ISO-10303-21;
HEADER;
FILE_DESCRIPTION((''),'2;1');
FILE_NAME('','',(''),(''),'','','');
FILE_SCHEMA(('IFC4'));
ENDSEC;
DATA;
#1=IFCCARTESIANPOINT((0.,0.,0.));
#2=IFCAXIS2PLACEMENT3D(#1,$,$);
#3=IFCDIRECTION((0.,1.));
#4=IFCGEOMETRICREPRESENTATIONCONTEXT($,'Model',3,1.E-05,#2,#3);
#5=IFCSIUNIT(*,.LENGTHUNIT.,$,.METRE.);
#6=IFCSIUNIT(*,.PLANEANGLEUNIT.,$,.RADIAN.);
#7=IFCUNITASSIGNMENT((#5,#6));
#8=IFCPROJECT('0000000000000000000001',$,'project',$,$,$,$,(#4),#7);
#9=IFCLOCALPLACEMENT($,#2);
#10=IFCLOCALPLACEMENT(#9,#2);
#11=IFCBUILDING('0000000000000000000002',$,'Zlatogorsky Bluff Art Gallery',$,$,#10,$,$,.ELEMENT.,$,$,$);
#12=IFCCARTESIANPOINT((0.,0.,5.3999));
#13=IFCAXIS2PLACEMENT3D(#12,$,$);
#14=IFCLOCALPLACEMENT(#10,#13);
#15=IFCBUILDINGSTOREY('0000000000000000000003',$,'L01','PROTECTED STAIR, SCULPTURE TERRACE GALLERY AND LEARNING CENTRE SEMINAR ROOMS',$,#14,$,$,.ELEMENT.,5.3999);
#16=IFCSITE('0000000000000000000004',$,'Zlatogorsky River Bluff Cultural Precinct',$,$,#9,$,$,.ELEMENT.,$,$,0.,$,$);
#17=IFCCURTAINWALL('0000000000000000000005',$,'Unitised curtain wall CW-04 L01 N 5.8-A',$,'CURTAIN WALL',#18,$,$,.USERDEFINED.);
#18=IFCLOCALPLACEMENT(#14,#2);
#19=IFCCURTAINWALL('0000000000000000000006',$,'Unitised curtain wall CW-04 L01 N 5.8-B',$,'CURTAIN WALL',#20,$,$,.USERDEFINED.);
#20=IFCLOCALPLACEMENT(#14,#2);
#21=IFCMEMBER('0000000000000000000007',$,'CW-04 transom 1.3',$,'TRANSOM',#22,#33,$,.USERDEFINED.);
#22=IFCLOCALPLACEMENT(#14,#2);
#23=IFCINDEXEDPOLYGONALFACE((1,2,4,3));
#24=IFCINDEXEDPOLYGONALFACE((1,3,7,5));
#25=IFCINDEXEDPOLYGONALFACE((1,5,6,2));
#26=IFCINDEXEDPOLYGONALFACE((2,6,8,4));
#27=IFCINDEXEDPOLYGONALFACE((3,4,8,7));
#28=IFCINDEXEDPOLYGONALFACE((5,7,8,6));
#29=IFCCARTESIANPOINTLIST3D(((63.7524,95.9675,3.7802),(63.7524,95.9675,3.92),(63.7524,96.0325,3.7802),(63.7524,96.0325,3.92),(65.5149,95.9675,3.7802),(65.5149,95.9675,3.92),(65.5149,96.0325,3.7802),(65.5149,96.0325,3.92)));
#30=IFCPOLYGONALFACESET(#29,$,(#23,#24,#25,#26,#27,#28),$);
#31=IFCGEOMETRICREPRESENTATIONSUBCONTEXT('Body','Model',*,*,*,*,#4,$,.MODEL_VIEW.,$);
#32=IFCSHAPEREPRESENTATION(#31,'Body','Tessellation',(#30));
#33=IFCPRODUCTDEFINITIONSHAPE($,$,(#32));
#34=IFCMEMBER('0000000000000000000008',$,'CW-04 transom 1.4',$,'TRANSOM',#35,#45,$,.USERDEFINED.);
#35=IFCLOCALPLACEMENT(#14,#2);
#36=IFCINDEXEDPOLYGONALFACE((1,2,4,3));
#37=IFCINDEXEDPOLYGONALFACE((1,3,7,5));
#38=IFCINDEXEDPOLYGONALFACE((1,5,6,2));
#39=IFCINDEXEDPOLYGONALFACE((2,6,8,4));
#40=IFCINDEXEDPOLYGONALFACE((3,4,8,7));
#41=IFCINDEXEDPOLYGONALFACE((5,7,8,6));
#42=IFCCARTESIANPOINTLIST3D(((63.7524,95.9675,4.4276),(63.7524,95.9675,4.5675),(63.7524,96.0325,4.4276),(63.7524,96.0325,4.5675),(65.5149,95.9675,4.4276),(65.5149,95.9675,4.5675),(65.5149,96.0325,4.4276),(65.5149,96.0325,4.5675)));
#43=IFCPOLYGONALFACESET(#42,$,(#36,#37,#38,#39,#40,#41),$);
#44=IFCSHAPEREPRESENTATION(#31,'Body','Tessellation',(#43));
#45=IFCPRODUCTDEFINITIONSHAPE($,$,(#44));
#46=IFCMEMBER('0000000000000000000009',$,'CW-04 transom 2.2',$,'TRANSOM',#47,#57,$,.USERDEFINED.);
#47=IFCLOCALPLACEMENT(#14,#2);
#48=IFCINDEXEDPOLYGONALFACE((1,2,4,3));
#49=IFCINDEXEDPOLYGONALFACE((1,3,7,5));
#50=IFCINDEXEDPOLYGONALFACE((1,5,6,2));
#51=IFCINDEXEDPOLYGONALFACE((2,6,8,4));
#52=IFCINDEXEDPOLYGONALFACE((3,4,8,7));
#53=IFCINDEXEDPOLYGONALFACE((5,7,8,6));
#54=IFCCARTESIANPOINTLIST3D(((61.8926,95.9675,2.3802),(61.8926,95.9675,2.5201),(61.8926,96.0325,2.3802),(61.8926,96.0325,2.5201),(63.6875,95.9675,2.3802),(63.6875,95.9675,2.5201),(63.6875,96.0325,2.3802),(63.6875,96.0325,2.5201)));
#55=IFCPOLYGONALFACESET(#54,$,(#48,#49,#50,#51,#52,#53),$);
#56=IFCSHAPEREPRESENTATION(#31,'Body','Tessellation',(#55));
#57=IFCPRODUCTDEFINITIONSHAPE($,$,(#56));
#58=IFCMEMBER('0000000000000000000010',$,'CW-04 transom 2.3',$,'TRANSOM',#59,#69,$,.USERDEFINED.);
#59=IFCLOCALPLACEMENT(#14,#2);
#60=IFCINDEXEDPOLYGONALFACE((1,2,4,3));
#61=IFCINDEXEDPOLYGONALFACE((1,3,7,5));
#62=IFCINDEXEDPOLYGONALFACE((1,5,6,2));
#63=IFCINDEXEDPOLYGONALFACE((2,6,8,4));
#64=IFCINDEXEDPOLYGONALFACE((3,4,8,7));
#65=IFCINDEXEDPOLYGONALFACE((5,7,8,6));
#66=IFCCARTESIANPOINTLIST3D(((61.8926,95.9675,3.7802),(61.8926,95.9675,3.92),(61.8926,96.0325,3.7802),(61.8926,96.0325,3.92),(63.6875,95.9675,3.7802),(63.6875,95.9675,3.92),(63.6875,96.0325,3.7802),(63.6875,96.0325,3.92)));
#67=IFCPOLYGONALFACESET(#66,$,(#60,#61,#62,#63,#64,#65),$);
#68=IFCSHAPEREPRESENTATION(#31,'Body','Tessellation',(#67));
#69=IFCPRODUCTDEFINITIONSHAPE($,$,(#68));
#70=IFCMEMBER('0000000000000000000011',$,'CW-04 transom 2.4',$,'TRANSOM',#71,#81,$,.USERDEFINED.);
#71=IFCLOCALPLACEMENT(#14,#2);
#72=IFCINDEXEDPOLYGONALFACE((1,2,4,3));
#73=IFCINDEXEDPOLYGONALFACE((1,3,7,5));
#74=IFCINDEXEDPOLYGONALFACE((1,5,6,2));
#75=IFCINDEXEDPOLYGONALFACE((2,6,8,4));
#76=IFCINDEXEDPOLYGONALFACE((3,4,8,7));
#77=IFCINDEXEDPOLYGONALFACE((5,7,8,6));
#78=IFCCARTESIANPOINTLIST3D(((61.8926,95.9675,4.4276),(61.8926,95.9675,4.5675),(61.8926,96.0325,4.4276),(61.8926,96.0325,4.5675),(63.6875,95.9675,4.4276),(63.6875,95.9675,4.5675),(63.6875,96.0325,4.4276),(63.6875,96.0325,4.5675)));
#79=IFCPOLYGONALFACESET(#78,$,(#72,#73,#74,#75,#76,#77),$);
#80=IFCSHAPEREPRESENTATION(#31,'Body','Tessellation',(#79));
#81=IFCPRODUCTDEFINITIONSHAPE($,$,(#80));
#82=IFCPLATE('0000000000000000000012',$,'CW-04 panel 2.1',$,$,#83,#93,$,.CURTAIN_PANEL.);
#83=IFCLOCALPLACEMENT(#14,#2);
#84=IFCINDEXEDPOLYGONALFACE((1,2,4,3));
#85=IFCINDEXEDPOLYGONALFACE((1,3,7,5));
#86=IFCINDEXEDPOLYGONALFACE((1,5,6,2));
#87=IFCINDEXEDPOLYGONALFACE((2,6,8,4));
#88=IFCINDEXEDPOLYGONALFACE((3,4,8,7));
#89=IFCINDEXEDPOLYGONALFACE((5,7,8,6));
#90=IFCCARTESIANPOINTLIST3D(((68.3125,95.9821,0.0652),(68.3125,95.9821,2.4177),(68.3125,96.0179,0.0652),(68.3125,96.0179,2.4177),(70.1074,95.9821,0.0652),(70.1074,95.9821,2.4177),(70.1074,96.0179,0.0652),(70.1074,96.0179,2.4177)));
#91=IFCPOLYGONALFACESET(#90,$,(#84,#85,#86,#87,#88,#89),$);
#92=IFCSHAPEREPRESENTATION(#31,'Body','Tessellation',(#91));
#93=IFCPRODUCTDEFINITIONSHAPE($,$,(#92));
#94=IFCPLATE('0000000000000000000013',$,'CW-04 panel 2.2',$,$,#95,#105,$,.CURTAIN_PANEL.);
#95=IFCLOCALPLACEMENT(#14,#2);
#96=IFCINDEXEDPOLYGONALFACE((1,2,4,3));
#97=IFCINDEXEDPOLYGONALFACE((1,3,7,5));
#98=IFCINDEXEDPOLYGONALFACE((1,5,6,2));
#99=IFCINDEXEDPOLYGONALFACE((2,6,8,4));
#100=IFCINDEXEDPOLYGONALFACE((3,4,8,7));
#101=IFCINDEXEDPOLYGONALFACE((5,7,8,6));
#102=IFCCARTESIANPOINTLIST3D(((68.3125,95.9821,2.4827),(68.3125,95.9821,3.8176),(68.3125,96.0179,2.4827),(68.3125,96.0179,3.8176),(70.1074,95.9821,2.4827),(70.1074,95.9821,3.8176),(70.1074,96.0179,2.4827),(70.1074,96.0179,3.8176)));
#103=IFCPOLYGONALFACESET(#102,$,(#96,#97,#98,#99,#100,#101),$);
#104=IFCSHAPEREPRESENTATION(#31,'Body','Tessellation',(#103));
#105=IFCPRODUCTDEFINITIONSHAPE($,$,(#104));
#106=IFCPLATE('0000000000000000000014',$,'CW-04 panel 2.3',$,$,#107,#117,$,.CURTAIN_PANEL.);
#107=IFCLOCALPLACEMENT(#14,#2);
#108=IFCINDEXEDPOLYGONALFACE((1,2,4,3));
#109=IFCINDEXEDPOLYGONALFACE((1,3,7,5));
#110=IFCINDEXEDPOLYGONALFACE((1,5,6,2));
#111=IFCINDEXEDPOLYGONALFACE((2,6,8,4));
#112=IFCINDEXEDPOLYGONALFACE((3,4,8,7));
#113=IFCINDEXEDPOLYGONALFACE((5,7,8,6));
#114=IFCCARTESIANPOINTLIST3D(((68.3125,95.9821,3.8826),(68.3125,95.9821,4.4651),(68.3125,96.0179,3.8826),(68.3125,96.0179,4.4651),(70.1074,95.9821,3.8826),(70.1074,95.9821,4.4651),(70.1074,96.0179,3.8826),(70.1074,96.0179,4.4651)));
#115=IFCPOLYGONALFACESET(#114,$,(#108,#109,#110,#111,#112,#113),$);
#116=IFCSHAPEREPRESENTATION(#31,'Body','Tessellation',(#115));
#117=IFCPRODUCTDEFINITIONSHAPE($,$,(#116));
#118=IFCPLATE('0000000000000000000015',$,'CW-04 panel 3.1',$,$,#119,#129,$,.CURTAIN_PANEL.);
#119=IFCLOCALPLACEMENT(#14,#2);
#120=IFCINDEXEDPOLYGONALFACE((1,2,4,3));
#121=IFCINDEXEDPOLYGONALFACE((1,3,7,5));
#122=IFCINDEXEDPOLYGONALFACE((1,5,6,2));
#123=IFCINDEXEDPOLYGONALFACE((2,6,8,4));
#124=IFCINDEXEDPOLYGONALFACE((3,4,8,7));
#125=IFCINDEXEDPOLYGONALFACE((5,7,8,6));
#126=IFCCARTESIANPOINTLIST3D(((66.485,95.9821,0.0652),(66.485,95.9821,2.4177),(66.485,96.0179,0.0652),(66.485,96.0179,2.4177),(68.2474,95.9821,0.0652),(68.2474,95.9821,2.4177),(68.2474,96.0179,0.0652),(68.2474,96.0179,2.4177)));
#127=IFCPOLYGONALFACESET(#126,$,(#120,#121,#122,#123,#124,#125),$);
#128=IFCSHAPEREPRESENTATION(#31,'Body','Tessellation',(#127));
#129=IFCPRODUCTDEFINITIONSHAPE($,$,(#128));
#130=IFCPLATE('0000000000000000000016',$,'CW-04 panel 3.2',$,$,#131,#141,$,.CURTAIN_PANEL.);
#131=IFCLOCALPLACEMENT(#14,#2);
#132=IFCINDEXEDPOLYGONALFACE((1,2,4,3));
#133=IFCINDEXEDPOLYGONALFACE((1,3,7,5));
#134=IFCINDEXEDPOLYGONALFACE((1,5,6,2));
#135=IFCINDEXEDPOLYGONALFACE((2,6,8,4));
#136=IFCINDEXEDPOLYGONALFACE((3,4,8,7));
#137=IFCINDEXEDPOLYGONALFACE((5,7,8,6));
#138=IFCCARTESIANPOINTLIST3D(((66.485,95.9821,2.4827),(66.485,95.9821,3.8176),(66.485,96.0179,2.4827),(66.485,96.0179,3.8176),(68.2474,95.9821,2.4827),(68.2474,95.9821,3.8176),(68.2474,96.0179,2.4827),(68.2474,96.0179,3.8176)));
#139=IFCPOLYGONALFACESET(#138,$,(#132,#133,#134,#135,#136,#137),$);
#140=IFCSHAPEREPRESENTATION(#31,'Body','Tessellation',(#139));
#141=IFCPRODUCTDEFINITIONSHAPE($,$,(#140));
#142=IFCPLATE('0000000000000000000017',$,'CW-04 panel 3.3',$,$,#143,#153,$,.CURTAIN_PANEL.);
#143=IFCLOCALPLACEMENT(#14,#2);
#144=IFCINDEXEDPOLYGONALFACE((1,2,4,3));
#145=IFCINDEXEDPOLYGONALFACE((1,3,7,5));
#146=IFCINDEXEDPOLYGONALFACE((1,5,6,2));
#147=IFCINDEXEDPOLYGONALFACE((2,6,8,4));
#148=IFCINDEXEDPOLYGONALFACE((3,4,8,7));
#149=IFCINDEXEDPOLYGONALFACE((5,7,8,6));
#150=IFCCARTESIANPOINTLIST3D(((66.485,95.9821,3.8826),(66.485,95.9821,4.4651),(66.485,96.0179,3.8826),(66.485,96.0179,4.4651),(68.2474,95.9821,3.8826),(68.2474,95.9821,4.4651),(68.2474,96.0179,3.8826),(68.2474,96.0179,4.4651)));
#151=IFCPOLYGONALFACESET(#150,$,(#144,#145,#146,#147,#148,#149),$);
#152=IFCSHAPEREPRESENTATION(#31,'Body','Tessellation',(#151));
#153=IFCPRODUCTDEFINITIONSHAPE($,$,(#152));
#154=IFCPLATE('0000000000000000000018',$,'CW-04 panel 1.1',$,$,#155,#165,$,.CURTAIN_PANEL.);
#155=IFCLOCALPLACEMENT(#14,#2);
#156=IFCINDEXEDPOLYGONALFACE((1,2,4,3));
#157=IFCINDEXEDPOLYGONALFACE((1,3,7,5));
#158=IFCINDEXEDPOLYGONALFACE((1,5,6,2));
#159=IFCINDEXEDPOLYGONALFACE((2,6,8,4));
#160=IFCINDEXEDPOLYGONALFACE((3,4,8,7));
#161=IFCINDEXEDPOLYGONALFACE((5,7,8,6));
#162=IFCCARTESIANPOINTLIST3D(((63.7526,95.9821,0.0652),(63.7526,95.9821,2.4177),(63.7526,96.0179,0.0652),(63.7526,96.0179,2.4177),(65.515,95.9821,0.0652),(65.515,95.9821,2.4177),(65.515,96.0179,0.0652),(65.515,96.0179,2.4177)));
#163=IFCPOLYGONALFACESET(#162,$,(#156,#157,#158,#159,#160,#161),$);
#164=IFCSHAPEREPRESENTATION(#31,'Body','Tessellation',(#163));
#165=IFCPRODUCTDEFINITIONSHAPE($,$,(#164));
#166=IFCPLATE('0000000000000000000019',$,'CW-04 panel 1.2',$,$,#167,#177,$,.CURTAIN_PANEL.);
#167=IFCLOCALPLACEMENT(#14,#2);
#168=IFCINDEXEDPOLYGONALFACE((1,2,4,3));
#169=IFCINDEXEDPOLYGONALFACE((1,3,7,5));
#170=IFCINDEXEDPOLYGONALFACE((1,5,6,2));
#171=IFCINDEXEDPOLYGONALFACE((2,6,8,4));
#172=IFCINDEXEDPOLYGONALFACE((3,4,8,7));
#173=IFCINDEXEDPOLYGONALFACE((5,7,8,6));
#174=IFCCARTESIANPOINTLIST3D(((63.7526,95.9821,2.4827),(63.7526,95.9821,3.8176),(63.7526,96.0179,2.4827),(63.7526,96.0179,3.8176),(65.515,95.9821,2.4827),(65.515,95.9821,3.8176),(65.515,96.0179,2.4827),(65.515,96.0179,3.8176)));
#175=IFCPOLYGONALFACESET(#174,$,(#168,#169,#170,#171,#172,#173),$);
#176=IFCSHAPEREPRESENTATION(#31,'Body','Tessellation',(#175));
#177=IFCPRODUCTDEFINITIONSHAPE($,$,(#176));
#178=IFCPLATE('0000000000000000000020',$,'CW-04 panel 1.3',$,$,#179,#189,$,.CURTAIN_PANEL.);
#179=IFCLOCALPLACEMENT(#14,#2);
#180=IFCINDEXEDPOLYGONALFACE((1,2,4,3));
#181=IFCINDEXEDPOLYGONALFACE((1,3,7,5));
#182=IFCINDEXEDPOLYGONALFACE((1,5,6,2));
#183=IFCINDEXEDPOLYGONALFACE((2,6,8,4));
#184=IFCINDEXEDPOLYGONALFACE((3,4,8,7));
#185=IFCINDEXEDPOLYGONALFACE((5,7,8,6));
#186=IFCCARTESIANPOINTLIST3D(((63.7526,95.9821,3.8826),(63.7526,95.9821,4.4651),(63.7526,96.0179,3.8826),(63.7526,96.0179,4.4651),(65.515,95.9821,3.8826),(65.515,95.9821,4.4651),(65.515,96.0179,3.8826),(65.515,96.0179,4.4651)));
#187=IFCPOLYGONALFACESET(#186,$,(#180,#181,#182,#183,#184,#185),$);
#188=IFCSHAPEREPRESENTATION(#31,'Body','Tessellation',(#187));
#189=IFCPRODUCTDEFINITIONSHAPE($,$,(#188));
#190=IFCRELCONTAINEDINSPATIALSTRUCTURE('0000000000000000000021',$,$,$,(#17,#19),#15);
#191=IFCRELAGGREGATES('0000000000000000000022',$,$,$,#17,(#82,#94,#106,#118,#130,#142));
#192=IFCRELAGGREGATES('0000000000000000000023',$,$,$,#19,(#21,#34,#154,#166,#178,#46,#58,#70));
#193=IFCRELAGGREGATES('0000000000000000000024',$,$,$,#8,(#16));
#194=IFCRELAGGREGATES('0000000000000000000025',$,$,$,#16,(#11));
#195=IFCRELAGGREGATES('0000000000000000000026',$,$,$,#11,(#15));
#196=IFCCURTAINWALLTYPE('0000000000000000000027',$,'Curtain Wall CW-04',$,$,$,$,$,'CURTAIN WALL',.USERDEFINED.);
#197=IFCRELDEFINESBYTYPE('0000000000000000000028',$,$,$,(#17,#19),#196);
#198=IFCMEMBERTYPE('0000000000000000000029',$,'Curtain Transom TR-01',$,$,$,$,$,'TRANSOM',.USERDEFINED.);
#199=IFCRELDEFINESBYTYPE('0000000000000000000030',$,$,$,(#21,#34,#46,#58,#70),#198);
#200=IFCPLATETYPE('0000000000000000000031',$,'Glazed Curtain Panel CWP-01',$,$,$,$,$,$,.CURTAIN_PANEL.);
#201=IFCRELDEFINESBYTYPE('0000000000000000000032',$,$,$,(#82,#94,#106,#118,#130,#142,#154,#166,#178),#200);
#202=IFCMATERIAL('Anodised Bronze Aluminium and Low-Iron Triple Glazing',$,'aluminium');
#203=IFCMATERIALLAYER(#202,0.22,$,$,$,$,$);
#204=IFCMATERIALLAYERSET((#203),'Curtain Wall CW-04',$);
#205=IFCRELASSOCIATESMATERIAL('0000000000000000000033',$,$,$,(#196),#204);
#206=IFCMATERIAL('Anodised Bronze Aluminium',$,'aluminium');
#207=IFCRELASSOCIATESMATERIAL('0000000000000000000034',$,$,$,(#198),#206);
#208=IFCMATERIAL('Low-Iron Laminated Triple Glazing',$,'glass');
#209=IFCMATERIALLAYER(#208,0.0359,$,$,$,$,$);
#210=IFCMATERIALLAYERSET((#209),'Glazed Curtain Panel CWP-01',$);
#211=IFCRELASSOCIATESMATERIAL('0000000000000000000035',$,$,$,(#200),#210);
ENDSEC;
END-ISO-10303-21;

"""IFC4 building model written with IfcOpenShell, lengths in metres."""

from ifc_helpers import new_model, si_unit, direction, frame, origin, origin_2d, place, context, subcontext, project, spatial, rectangle, extrude, material, layer, layer_set, material_profile, profile_set, type_object, element, aggregate, save


model = new_model("IFC4")

# Units and contexts
model_context = context("Model", 3, precision=1e-05, world=origin(), true_north=direction((0.0, 1.0)))
body_context = subcontext(model_context, "Body", "Model", "MODEL_VIEW")
ifc_project = project(units=[si_unit("LENGTHUNIT", "METRE"), si_unit("PLANEANGLEUNIT", "RADIAN")], contexts=[model_context])

# Site, building, storey
site_placement = place(None, origin())
site = spatial("IfcSite", under=ifc_project, at=site_placement, Name="Zlatogorsky River Bluff Cultural Precinct", CompositionType="ELEMENT", RefElevation=0.0)
building_placement = place(site_placement, origin())
building = spatial("IfcBuilding", under=site, at=building_placement, Name="Zlatogorsky Bluff Art Gallery", CompositionType="ELEMENT")
storey_placement = place(building_placement, frame((0.0, 0.0, 5.3999)))
storey = spatial("IfcBuildingStorey", under=building, at=storey_placement, Name="L01", Description="PROTECTED STAIR, SCULPTURE TERRACE GALLERY AND LEARNING CENTRE SEMINAR ROOMS", CompositionType="ELEMENT", Elevation=5.3999)

# Curtain walls
ifc_material_1 = material(Name="Anodised Bronze Aluminium and Low-Iron Triple Glazing", Category="aluminium")
ifc_layer_1 = layer(ifc_material_1, 0.22)
ifc_layer_set_1 = layer_set([ifc_layer_1], Name="Curtain Wall CW-04")
curtain_wall_type = type_object("IfcCurtainWallType", Name="Curtain Wall CW-04", ElementType="CURTAIN WALL", PredefinedType="USERDEFINED", material=ifc_layer_set_1)
curtain_wall_1_placement = place(storey_placement, origin())
curtain_wall_1 = element("IfcCurtainWall", 1, at=curtain_wall_1_placement, inside=storey, type_object=curtain_wall_type, Name="Unitised curtain wall CW-04 L01 N 5.8-A", ObjectType="CURTAIN WALL", PredefinedType="USERDEFINED")
ifc_material_2 = material(Name="Anodised Bronze Aluminium", Category="aluminium")
curtain_wall_2_placement = place(storey_placement, origin())
curtain_wall_2 = element("IfcCurtainWall", 2, at=curtain_wall_2_placement, inside=storey, type_object=curtain_wall_type, Name="Unitised curtain wall CW-04 L01 N 5.8-B", ObjectType="CURTAIN WALL", PredefinedType="USERDEFINED")

# Members
ifc_material_profile_1 = material_profile(ifc_material_2, rectangle(XDim=0.0649, YDim=0.1399, at=origin_2d()), Name="ALU TRANSOM 65x140")
ifc_profile_set_1 = profile_set([ifc_material_profile_1], Name="Anodised Bronze Aluminium")
member_type_1 = type_object("IfcMemberType", Name="Curtain Transom TR-01", ElementType="TRANSOM", PredefinedType="USERDEFINED", material=ifc_profile_set_1)
member_1_placement = place(storey_placement, frame((65.5149, 96.0, 3.8501), z_axis=(-1.0, 0.0, 0.0), x_axis=(0.0, -1.0, 0.0)))
member_1 = element("IfcMember", 3, at=member_1_placement, type_object=member_type_1, Name="CW-04 transom 1.3", ObjectType="TRANSOM", PredefinedType="USERDEFINED", context=body_context, shape_type="SweptSolid", body=[
    extrude(rectangle(XDim=0.0649, YDim=0.1399, at=origin_2d()), origin(), (0.0, 0.0, 1.0), 1.7625),
])
member_2_placement = place(storey_placement, frame((65.5149, 96.0, 4.4976), z_axis=(-1.0, 0.0, 0.0), x_axis=(0.0, -1.0, 0.0)))
member_2 = element("IfcMember", 4, at=member_2_placement, type_object=member_type_1, Name="CW-04 transom 1.4", ObjectType="TRANSOM", PredefinedType="USERDEFINED", context=body_context, shape_type="SweptSolid", body=[
    extrude(rectangle(XDim=0.0649, YDim=0.1399, at=origin_2d()), origin(), (0.0, 0.0, 1.0), 1.7625),
])
member_3_placement = place(storey_placement, frame((63.6875, 96.0, 2.4502), z_axis=(-1.0, 0.0, 0.0), x_axis=(0.0, -1.0, 0.0)))
member_3 = element("IfcMember", 5, at=member_3_placement, type_object=member_type_1, Name="CW-04 transom 2.2", ObjectType="TRANSOM", PredefinedType="USERDEFINED", context=body_context, shape_type="SweptSolid", body=[
    extrude(rectangle(XDim=0.0649, YDim=0.1399, at=origin_2d()), origin(), (0.0, 0.0, 1.0), 1.7949),
])
member_4_placement = place(storey_placement, frame((63.6875, 96.0, 3.8501), z_axis=(-1.0, 0.0, 0.0), x_axis=(0.0, -1.0, 0.0)))
member_4 = element("IfcMember", 6, at=member_4_placement, type_object=member_type_1, Name="CW-04 transom 2.3", ObjectType="TRANSOM", PredefinedType="USERDEFINED", context=body_context, shape_type="SweptSolid", body=[
    extrude(rectangle(XDim=0.0649, YDim=0.1399, at=origin_2d()), origin(), (0.0, 0.0, 1.0), 1.7949),
])
member_5_placement = place(storey_placement, frame((63.6875, 96.0, 4.4976), z_axis=(-1.0, 0.0, 0.0), x_axis=(0.0, -1.0, 0.0)))
member_5 = element("IfcMember", 7, at=member_5_placement, type_object=member_type_1, Name="CW-04 transom 2.4", ObjectType="TRANSOM", PredefinedType="USERDEFINED", context=body_context, shape_type="SweptSolid", body=[
    extrude(rectangle(XDim=0.0649, YDim=0.1399, at=origin_2d()), origin(), (0.0, 0.0, 1.0), 1.7949),
])

# Plates
ifc_material_3 = material(Name="Low-Iron Laminated Triple Glazing", Category="glass")
ifc_layer_2 = layer(ifc_material_3, 0.0359)
ifc_layer_set_2 = layer_set([ifc_layer_2], Name="Glazed Curtain Panel CWP-01")
plate_type = type_object("IfcPlateType", Name="Glazed Curtain Panel CWP-01", PredefinedType="CURTAIN_PANEL", material=ifc_layer_set_2)
plate_1_placement = place(storey_placement, frame((69.21, 96.0, 0.0652), z_axis=(0.0, 0.0, 1.0), x_axis=(-1.0, 0.0, 0.0)))
plate_1 = element("IfcPlate", 8, at=plate_1_placement, type_object=plate_type, Name="CW-04 panel 2.1", PredefinedType="CURTAIN_PANEL", context=body_context, shape_type="SweptSolid", body=[
    extrude(rectangle(XDim=1.7949, YDim=0.0359, at=origin_2d()), origin(), (0.0, 0.0, 1.0), 2.3525),
])
plate_2_placement = place(storey_placement, frame((69.21, 96.0, 2.4827), z_axis=(0.0, 0.0, 1.0), x_axis=(-1.0, 0.0, 0.0)))
plate_2 = element("IfcPlate", 9, at=plate_2_placement, type_object=plate_type, Name="CW-04 panel 2.2", PredefinedType="CURTAIN_PANEL", context=body_context, shape_type="SweptSolid", body=[
    extrude(rectangle(XDim=1.7949, YDim=0.0359, at=origin_2d()), origin(), (0.0, 0.0, 1.0), 1.335),
])
plate_3_placement = place(storey_placement, frame((69.21, 96.0, 3.8826), z_axis=(0.0, 0.0, 1.0), x_axis=(-1.0, 0.0, 0.0)))
plate_3 = element("IfcPlate", 10, at=plate_3_placement, type_object=plate_type, Name="CW-04 panel 2.3", PredefinedType="CURTAIN_PANEL", context=body_context, shape_type="SweptSolid", body=[
    extrude(rectangle(XDim=1.7949, YDim=0.0359, at=origin_2d()), origin(), (0.0, 0.0, 1.0), 0.5825),
])
plate_4_placement = place(storey_placement, frame((67.3662, 96.0, 0.0652), z_axis=(0.0, 0.0, 1.0), x_axis=(-1.0, 0.0, 0.0)))
plate_4 = element("IfcPlate", 11, at=plate_4_placement, type_object=plate_type, Name="CW-04 panel 3.1", PredefinedType="CURTAIN_PANEL", context=body_context, shape_type="SweptSolid", body=[
    extrude(rectangle(XDim=1.7625, YDim=0.0359, at=origin_2d()), origin(), (0.0, 0.0, 1.0), 2.3525),
])
plate_5_placement = place(storey_placement, frame((67.3662, 96.0, 2.4827), z_axis=(0.0, 0.0, 1.0), x_axis=(-1.0, 0.0, 0.0)))
plate_5 = element("IfcPlate", 12, at=plate_5_placement, type_object=plate_type, Name="CW-04 panel 3.2", PredefinedType="CURTAIN_PANEL", context=body_context, shape_type="SweptSolid", body=[
    extrude(rectangle(XDim=1.7625, YDim=0.0359, at=origin_2d()), origin(), (0.0, 0.0, 1.0), 1.335),
])
plate_6_placement = place(storey_placement, frame((67.3662, 96.0, 3.8826), z_axis=(0.0, 0.0, 1.0), x_axis=(-1.0, 0.0, 0.0)))
plate_6 = element("IfcPlate", 13, at=plate_6_placement, type_object=plate_type, Name="CW-04 panel 3.3", PredefinedType="CURTAIN_PANEL", context=body_context, shape_type="SweptSolid", body=[
    extrude(rectangle(XDim=1.7625, YDim=0.0359, at=origin_2d()), origin(), (0.0, 0.0, 1.0), 0.5825),
])
aggregate(curtain_wall_1, [plate_1, plate_2, plate_3, plate_4, plate_5, plate_6])
plate_7_placement = place(storey_placement, frame((64.6338, 96.0, 0.0652), z_axis=(0.0, 0.0, 1.0), x_axis=(-1.0, 0.0, 0.0)))
plate_7 = element("IfcPlate", 14, at=plate_7_placement, type_object=plate_type, Name="CW-04 panel 1.1", PredefinedType="CURTAIN_PANEL", context=body_context, shape_type="SweptSolid", body=[
    extrude(rectangle(XDim=1.7625, YDim=0.0359, at=origin_2d()), origin(), (0.0, 0.0, 1.0), 2.3525),
])
plate_8_placement = place(storey_placement, frame((64.6338, 96.0, 2.4827), z_axis=(0.0, 0.0, 1.0), x_axis=(-1.0, 0.0, 0.0)))
plate_8 = element("IfcPlate", 15, at=plate_8_placement, type_object=plate_type, Name="CW-04 panel 1.2", PredefinedType="CURTAIN_PANEL", context=body_context, shape_type="SweptSolid", body=[
    extrude(rectangle(XDim=1.7625, YDim=0.0359, at=origin_2d()), origin(), (0.0, 0.0, 1.0), 1.335),
])
plate_9_placement = place(storey_placement, frame((64.6338, 96.0, 3.8826), z_axis=(0.0, 0.0, 1.0), x_axis=(-1.0, 0.0, 0.0)))
plate_9 = element("IfcPlate", 16, at=plate_9_placement, type_object=plate_type, Name="CW-04 panel 1.3", PredefinedType="CURTAIN_PANEL", context=body_context, shape_type="SweptSolid", body=[
    extrude(rectangle(XDim=1.7625, YDim=0.0359, at=origin_2d()), origin(), (0.0, 0.0, 1.0), 0.5825),
])
aggregate(curtain_wall_2, [member_1, member_2, plate_7, plate_8, plate_9, member_3, member_4, member_5])

save(model, "model.ifc")
